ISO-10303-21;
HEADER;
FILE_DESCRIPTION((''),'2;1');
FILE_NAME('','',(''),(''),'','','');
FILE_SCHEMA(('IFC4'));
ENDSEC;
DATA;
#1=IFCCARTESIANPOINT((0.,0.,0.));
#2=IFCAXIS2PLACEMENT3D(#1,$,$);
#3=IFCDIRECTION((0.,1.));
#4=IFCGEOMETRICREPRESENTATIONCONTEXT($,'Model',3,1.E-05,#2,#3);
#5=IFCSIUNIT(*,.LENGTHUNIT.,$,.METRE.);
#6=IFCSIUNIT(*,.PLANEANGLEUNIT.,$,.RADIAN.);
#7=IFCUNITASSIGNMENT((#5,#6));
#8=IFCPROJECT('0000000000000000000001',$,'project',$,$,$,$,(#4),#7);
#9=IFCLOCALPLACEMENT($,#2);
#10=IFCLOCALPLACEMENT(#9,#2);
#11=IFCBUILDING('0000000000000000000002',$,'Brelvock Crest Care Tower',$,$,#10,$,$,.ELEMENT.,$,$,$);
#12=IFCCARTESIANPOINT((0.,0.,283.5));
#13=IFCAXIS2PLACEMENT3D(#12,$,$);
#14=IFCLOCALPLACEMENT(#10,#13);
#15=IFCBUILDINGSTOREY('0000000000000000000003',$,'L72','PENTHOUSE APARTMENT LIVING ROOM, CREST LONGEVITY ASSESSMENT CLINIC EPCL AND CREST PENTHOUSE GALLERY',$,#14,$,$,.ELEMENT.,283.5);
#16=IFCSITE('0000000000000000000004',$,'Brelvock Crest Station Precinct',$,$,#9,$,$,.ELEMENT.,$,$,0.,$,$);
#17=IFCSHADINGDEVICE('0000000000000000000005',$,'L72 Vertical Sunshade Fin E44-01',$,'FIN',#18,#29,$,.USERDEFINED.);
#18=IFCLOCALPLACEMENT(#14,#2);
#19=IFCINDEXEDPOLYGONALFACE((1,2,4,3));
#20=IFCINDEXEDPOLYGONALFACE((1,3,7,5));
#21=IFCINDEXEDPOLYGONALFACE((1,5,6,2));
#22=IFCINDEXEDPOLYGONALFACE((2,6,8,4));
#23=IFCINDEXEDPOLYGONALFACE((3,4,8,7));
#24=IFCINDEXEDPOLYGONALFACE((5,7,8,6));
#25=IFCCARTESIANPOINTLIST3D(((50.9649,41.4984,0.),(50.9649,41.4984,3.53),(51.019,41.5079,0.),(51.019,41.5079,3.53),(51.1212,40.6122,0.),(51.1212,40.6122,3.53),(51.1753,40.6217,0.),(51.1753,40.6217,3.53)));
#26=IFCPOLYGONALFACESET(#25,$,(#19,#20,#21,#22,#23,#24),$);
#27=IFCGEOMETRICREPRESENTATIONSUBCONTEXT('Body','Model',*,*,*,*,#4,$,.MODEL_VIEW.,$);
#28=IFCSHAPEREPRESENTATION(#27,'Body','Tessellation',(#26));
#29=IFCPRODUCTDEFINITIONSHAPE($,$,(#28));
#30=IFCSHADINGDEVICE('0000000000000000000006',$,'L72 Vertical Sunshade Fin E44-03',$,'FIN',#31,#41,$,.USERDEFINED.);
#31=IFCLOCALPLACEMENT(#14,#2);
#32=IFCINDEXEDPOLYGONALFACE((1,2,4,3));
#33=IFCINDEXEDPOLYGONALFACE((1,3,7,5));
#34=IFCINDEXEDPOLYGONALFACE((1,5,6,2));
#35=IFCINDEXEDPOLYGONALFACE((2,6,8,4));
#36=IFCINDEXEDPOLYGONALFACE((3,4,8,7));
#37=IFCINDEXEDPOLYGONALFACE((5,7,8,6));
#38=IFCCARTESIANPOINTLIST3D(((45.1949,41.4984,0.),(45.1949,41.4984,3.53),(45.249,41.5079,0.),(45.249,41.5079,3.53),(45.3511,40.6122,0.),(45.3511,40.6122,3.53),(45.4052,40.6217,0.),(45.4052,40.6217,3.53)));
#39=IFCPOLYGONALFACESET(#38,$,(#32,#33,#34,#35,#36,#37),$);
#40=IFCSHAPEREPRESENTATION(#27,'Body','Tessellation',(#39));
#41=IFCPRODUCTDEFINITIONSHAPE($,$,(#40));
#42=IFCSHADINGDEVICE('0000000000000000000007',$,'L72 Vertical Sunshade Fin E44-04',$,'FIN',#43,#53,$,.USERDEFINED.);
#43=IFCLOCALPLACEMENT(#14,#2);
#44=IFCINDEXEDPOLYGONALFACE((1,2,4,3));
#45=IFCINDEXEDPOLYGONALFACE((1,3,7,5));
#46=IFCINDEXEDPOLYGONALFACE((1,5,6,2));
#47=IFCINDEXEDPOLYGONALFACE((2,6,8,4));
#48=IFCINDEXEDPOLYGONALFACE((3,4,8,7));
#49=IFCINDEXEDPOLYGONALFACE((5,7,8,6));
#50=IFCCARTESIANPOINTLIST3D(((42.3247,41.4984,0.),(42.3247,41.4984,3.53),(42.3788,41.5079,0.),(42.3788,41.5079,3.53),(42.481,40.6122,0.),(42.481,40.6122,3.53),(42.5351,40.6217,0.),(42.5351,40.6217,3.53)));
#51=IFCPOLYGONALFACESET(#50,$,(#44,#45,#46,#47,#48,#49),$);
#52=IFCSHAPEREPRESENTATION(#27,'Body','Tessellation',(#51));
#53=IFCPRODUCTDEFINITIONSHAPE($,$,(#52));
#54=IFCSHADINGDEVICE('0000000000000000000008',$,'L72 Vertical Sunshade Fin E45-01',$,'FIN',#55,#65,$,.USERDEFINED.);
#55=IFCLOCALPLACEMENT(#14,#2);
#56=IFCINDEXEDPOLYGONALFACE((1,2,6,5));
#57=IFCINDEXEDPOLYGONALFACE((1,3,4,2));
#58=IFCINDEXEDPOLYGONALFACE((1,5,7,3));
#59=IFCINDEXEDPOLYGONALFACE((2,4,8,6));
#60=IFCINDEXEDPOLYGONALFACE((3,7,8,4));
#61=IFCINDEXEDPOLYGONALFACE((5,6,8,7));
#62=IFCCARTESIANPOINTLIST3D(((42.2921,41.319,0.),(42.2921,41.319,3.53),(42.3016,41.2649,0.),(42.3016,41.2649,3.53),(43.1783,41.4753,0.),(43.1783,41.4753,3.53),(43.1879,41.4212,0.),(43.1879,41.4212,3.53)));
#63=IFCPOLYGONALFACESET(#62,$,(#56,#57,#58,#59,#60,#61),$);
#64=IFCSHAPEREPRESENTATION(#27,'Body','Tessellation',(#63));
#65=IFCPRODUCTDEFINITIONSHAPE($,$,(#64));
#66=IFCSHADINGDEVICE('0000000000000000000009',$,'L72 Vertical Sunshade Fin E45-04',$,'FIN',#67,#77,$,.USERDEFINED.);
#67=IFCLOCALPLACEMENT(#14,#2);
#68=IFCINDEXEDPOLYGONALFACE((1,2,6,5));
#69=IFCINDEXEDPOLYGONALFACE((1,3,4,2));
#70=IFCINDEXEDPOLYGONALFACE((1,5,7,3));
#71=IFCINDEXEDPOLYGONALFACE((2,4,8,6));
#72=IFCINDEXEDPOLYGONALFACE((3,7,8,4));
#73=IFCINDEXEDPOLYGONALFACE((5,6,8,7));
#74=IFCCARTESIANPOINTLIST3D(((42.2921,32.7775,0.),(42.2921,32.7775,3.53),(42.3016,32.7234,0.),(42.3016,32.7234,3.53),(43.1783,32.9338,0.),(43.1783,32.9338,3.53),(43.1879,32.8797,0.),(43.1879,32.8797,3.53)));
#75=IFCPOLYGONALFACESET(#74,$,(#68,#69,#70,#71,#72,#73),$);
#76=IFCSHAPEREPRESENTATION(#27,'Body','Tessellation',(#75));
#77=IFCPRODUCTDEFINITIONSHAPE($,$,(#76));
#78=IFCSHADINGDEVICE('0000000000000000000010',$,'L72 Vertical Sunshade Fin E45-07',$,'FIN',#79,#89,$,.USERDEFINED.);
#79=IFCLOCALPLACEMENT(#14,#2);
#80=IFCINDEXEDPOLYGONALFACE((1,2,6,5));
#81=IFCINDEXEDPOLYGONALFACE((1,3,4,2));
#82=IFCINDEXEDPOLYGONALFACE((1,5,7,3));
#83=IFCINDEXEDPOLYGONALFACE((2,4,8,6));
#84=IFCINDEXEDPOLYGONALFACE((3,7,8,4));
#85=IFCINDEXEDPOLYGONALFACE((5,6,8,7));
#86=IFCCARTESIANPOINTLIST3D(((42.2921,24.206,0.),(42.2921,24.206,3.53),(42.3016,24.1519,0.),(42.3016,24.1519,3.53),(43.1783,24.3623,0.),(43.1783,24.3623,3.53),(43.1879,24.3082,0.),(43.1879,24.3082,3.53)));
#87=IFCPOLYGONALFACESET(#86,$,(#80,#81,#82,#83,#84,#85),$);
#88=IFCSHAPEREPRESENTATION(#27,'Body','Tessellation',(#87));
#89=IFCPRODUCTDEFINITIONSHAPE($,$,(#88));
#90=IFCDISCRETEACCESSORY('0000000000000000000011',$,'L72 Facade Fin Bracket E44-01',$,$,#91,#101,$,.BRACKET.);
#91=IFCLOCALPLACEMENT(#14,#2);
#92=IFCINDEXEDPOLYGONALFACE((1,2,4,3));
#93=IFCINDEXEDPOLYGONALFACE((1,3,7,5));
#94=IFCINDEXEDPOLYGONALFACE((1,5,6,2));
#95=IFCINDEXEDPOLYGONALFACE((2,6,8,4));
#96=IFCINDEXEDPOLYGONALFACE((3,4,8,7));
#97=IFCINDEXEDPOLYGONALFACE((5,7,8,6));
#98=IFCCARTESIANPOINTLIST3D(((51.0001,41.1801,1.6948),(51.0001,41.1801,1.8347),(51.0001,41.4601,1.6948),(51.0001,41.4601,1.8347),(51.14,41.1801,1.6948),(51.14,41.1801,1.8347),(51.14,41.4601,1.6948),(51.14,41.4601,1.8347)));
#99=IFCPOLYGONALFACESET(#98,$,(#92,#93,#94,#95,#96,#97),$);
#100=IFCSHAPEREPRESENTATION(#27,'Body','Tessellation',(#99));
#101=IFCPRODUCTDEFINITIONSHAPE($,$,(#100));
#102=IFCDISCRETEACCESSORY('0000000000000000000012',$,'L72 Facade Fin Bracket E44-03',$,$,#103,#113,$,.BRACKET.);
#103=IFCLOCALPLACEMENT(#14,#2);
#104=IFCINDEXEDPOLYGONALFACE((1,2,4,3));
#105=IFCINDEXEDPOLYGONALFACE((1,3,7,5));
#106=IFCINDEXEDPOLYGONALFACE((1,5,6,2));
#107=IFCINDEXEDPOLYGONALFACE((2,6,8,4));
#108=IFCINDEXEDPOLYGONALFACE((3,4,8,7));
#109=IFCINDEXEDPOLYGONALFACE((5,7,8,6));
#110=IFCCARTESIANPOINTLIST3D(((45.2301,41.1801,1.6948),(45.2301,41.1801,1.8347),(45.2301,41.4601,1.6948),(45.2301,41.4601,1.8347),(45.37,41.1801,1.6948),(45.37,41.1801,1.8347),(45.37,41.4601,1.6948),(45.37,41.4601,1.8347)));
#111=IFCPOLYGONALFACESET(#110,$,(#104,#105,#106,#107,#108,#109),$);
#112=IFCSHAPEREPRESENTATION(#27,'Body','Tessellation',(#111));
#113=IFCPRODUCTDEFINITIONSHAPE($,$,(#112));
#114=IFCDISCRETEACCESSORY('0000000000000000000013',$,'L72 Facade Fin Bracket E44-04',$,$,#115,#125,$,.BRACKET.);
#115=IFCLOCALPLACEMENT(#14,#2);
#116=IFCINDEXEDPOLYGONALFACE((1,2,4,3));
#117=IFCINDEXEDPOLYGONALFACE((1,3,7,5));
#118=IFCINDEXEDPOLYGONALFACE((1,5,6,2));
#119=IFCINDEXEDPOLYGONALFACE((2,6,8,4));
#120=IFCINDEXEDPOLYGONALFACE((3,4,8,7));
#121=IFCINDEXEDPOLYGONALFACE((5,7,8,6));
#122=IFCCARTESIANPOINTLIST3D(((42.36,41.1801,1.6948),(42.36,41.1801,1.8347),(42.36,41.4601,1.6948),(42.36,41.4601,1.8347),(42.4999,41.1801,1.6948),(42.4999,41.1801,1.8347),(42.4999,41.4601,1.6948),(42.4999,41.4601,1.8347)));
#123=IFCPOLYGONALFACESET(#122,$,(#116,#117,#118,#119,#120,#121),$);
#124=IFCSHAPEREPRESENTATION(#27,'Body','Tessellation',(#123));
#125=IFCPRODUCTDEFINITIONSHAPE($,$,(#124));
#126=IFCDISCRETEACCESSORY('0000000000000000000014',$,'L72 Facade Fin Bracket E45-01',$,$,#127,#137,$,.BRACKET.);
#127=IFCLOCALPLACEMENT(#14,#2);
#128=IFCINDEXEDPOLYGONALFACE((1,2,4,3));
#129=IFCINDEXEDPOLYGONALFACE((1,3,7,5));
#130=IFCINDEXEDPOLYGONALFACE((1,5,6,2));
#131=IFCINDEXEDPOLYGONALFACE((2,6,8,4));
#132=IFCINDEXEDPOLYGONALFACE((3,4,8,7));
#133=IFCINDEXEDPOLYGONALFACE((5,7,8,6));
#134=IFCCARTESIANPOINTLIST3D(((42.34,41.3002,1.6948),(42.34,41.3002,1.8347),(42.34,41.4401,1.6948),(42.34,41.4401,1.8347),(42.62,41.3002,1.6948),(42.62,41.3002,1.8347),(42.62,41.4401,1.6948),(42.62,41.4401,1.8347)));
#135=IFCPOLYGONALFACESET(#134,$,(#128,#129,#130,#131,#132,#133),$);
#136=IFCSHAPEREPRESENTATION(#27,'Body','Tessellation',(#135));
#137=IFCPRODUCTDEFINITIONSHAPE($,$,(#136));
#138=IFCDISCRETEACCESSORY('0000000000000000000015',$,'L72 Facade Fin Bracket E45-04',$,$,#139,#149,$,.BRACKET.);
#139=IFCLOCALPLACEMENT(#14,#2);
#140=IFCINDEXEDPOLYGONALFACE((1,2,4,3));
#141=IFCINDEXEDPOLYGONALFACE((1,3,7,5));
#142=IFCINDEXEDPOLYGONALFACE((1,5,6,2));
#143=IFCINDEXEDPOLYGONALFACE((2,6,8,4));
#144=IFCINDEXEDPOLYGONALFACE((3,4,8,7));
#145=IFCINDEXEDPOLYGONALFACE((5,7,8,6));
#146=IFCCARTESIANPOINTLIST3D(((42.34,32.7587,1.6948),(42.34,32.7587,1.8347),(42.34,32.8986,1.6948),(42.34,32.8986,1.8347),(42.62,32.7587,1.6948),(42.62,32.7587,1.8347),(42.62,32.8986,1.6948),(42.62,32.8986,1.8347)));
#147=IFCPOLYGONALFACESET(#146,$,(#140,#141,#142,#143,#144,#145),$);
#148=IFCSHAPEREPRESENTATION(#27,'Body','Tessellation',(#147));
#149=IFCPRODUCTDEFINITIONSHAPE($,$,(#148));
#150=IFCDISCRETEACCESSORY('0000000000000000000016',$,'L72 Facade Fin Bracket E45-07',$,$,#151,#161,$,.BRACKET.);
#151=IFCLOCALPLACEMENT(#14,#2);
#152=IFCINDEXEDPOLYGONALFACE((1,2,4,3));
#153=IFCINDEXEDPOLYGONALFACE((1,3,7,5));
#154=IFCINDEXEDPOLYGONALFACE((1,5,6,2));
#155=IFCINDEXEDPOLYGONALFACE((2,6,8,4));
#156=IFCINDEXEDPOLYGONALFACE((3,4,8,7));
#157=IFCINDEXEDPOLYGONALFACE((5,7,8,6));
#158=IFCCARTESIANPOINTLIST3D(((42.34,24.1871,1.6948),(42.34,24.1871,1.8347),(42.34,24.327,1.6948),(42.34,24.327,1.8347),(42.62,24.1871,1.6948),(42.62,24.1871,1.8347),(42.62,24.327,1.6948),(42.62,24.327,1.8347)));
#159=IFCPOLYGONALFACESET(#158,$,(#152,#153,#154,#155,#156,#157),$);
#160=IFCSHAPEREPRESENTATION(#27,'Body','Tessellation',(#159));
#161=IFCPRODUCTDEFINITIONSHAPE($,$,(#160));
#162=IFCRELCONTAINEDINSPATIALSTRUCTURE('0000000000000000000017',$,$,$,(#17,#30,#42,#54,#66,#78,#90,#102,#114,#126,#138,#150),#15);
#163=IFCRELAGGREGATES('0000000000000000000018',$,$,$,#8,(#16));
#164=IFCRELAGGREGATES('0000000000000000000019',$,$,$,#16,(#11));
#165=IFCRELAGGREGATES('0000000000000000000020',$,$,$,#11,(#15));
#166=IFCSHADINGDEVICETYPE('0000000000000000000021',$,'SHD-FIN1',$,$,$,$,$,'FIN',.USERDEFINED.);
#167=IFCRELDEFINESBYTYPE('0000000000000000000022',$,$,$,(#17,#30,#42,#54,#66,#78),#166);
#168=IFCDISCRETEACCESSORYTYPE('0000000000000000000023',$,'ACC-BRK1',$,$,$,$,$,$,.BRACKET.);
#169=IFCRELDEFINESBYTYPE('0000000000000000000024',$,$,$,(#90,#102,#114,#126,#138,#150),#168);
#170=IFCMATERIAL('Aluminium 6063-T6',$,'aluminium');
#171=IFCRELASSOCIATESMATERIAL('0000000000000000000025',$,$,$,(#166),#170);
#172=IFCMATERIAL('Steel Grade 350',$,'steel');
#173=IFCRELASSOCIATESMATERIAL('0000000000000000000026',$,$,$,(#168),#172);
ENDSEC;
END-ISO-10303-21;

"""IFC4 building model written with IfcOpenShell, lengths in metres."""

from ifc_helpers import new_model, si_unit, direction, frame, origin, origin_2d, place, context, subcontext, project, spatial, rectangle, extrude, source, transform, mapped, material, material_profile, profile_set, type_object, element, save


model = new_model("IFC4")

# Units and contexts
model_context = context("Model", 3, precision=1e-05, world=origin(), true_north=direction((0.0, 1.0)))
body_context = subcontext(model_context, "Body", "Model", "MODEL_VIEW")
ifc_project = project(units=[si_unit("LENGTHUNIT", "METRE"), si_unit("PLANEANGLEUNIT", "RADIAN")], contexts=[model_context])

# Site, building, storey
site_placement = place(None, origin())
site = spatial("IfcSite", under=ifc_project, at=site_placement, Name="Brelvock Crest Station Precinct", CompositionType="ELEMENT", RefElevation=0.0)
building_placement = place(site_placement, origin())
building = spatial("IfcBuilding", under=site, at=building_placement, Name="Brelvock Crest Care Tower", CompositionType="ELEMENT")
storey_placement = place(building_placement, frame((0.0, 0.0, 283.5)))
storey = spatial("IfcBuildingStorey", under=building, at=storey_placement, Name="L72", Description="PENTHOUSE APARTMENT LIVING ROOM, CREST LONGEVITY ASSESSMENT CLINIC EPCL AND CREST PENTHOUSE GALLERY", CompositionType="ELEMENT", Elevation=283.5)

# Shared definitions
ifc_material_1 = material(Name="Steel Grade 350", Category="steel")

# Shared definitions
ifc_material_2 = material(Name="Aluminium 6063-T6", Category="aluminium")

# Shading devices
ifc_material_profile_1 = material_profile(ifc_material_2, rectangle(XDim=0.0549, YDim=0.8999, at=origin_2d()), Name="FIN55x900")
ifc_profile_set_1 = profile_set([ifc_material_profile_1], Name="Aluminium 6063-T6")
shading_device_type = type_object("IfcShadingDeviceType", Name="SHD-FIN1", ElementType="FIN", PredefinedType="USERDEFINED", material=ifc_profile_set_1)
shared_shape_1 = source(origin(), body_context, "Body", "SweptSolid", [
    extrude(rectangle(XDim=0.0549, YDim=0.8999, at=origin_2d()), origin(), (0.0, 0.0, 1.0), 3.53),
])
for number, where, z_axis, x_axis, name in (
    (1, (51.0701, 41.0601, 0.0), (0.0, 0.0, 1.0), (-0.984808, -0.173648, 0.0), "L72 Vertical Sunshade Fin E44-01"),
    (2, (45.3, 41.0601, 0.0), (0.0, 0.0, 1.0), (-0.984808, -0.173648, 0.0), "L72 Vertical Sunshade Fin E44-03"),
    (3, (42.4299, 41.0601, 0.0), (0.0, 0.0, 1.0), (-0.984808, -0.173648, 0.0), "L72 Vertical Sunshade Fin E44-04"),
    (4, (42.74, 41.3701, 0.0), (0.0, 0.0, 1.0), (0.173648, -0.984808, 0.0), "L72 Vertical Sunshade Fin E45-01"),
    (5, (42.74, 32.8286, 0.0), (0.0, 0.0, 1.0), (0.173648, -0.984808, 0.0), "L72 Vertical Sunshade Fin E45-04"),
    (6, (42.74, 24.2571, 0.0), (0.0, 0.0, 1.0), (0.173648, -0.984808, 0.0), "L72 Vertical Sunshade Fin E45-07"),
):
    element("IfcShadingDevice", number, at=place(storey_placement, frame(where, z_axis=z_axis, x_axis=x_axis)), inside=storey, type_object=shading_device_type, Name=name, ObjectType="FIN", PredefinedType="USERDEFINED", context=body_context, shape_type="MappedRepresentation", body=[
        mapped(shared_shape_1, transform((0.0, 0.0, 0.0), x_axis=(1.0, 0.0, 0.0), y_axis=(0.0, 1.0, 0.0), z_axis=(0.0, 0.0, 1.0), scale=1.0)),
    ])

# Discrete accessories
discrete_accessory_type = type_object("IfcDiscreteAccessoryType", Name="ACC-BRK1", PredefinedType="BRACKET", material=ifc_material_1)
shared_shape_2 = source(origin(), body_context, "Body", "SweptSolid", [
    extrude(rectangle(XDim=0.28, YDim=0.1399, at=origin_2d()), origin(), (0.0, 0.0, 1.0), 0.1399),
])
for number, where, z_axis, x_axis, name in (
    (7, (51.0701, 41.3201, 1.6948), (0.0, 0.0, 1.0), (0.0, -1.0, 0.0), "L72 Facade Fin Bracket E44-01"),
    (8, (45.3, 41.3201, 1.6948), (0.0, 0.0, 1.0), (0.0, -1.0, 0.0), "L72 Facade Fin Bracket E44-03"),
    (9, (42.4299, 41.3201, 1.6948), (0.0, 0.0, 1.0), (0.0, -1.0, 0.0), "L72 Facade Fin Bracket E44-04"),
    (10, (42.48, 41.3701, 1.6948), (0.0, 0.0, 1.0), (1.0, 0.0, 0.0), "L72 Facade Fin Bracket E45-01"),
    (11, (42.48, 32.8286, 1.6948), (0.0, 0.0, 1.0), (1.0, 0.0, 0.0), "L72 Facade Fin Bracket E45-04"),
    (12, (42.48, 24.2571, 1.6948), (0.0, 0.0, 1.0), (1.0, 0.0, 0.0), "L72 Facade Fin Bracket E45-07"),
):
    element("IfcDiscreteAccessory", number, at=place(storey_placement, frame(where, z_axis=z_axis, x_axis=x_axis)), inside=storey, type_object=discrete_accessory_type, Name=name, PredefinedType="BRACKET", context=body_context, shape_type="MappedRepresentation", body=[
        mapped(shared_shape_2, transform((0.0, 0.0, 0.0), x_axis=(1.0, 0.0, 0.0), y_axis=(0.0, 1.0, 0.0), z_axis=(0.0, 0.0, 1.0), scale=1.0)),
    ])

save(model, "model.ifc")
